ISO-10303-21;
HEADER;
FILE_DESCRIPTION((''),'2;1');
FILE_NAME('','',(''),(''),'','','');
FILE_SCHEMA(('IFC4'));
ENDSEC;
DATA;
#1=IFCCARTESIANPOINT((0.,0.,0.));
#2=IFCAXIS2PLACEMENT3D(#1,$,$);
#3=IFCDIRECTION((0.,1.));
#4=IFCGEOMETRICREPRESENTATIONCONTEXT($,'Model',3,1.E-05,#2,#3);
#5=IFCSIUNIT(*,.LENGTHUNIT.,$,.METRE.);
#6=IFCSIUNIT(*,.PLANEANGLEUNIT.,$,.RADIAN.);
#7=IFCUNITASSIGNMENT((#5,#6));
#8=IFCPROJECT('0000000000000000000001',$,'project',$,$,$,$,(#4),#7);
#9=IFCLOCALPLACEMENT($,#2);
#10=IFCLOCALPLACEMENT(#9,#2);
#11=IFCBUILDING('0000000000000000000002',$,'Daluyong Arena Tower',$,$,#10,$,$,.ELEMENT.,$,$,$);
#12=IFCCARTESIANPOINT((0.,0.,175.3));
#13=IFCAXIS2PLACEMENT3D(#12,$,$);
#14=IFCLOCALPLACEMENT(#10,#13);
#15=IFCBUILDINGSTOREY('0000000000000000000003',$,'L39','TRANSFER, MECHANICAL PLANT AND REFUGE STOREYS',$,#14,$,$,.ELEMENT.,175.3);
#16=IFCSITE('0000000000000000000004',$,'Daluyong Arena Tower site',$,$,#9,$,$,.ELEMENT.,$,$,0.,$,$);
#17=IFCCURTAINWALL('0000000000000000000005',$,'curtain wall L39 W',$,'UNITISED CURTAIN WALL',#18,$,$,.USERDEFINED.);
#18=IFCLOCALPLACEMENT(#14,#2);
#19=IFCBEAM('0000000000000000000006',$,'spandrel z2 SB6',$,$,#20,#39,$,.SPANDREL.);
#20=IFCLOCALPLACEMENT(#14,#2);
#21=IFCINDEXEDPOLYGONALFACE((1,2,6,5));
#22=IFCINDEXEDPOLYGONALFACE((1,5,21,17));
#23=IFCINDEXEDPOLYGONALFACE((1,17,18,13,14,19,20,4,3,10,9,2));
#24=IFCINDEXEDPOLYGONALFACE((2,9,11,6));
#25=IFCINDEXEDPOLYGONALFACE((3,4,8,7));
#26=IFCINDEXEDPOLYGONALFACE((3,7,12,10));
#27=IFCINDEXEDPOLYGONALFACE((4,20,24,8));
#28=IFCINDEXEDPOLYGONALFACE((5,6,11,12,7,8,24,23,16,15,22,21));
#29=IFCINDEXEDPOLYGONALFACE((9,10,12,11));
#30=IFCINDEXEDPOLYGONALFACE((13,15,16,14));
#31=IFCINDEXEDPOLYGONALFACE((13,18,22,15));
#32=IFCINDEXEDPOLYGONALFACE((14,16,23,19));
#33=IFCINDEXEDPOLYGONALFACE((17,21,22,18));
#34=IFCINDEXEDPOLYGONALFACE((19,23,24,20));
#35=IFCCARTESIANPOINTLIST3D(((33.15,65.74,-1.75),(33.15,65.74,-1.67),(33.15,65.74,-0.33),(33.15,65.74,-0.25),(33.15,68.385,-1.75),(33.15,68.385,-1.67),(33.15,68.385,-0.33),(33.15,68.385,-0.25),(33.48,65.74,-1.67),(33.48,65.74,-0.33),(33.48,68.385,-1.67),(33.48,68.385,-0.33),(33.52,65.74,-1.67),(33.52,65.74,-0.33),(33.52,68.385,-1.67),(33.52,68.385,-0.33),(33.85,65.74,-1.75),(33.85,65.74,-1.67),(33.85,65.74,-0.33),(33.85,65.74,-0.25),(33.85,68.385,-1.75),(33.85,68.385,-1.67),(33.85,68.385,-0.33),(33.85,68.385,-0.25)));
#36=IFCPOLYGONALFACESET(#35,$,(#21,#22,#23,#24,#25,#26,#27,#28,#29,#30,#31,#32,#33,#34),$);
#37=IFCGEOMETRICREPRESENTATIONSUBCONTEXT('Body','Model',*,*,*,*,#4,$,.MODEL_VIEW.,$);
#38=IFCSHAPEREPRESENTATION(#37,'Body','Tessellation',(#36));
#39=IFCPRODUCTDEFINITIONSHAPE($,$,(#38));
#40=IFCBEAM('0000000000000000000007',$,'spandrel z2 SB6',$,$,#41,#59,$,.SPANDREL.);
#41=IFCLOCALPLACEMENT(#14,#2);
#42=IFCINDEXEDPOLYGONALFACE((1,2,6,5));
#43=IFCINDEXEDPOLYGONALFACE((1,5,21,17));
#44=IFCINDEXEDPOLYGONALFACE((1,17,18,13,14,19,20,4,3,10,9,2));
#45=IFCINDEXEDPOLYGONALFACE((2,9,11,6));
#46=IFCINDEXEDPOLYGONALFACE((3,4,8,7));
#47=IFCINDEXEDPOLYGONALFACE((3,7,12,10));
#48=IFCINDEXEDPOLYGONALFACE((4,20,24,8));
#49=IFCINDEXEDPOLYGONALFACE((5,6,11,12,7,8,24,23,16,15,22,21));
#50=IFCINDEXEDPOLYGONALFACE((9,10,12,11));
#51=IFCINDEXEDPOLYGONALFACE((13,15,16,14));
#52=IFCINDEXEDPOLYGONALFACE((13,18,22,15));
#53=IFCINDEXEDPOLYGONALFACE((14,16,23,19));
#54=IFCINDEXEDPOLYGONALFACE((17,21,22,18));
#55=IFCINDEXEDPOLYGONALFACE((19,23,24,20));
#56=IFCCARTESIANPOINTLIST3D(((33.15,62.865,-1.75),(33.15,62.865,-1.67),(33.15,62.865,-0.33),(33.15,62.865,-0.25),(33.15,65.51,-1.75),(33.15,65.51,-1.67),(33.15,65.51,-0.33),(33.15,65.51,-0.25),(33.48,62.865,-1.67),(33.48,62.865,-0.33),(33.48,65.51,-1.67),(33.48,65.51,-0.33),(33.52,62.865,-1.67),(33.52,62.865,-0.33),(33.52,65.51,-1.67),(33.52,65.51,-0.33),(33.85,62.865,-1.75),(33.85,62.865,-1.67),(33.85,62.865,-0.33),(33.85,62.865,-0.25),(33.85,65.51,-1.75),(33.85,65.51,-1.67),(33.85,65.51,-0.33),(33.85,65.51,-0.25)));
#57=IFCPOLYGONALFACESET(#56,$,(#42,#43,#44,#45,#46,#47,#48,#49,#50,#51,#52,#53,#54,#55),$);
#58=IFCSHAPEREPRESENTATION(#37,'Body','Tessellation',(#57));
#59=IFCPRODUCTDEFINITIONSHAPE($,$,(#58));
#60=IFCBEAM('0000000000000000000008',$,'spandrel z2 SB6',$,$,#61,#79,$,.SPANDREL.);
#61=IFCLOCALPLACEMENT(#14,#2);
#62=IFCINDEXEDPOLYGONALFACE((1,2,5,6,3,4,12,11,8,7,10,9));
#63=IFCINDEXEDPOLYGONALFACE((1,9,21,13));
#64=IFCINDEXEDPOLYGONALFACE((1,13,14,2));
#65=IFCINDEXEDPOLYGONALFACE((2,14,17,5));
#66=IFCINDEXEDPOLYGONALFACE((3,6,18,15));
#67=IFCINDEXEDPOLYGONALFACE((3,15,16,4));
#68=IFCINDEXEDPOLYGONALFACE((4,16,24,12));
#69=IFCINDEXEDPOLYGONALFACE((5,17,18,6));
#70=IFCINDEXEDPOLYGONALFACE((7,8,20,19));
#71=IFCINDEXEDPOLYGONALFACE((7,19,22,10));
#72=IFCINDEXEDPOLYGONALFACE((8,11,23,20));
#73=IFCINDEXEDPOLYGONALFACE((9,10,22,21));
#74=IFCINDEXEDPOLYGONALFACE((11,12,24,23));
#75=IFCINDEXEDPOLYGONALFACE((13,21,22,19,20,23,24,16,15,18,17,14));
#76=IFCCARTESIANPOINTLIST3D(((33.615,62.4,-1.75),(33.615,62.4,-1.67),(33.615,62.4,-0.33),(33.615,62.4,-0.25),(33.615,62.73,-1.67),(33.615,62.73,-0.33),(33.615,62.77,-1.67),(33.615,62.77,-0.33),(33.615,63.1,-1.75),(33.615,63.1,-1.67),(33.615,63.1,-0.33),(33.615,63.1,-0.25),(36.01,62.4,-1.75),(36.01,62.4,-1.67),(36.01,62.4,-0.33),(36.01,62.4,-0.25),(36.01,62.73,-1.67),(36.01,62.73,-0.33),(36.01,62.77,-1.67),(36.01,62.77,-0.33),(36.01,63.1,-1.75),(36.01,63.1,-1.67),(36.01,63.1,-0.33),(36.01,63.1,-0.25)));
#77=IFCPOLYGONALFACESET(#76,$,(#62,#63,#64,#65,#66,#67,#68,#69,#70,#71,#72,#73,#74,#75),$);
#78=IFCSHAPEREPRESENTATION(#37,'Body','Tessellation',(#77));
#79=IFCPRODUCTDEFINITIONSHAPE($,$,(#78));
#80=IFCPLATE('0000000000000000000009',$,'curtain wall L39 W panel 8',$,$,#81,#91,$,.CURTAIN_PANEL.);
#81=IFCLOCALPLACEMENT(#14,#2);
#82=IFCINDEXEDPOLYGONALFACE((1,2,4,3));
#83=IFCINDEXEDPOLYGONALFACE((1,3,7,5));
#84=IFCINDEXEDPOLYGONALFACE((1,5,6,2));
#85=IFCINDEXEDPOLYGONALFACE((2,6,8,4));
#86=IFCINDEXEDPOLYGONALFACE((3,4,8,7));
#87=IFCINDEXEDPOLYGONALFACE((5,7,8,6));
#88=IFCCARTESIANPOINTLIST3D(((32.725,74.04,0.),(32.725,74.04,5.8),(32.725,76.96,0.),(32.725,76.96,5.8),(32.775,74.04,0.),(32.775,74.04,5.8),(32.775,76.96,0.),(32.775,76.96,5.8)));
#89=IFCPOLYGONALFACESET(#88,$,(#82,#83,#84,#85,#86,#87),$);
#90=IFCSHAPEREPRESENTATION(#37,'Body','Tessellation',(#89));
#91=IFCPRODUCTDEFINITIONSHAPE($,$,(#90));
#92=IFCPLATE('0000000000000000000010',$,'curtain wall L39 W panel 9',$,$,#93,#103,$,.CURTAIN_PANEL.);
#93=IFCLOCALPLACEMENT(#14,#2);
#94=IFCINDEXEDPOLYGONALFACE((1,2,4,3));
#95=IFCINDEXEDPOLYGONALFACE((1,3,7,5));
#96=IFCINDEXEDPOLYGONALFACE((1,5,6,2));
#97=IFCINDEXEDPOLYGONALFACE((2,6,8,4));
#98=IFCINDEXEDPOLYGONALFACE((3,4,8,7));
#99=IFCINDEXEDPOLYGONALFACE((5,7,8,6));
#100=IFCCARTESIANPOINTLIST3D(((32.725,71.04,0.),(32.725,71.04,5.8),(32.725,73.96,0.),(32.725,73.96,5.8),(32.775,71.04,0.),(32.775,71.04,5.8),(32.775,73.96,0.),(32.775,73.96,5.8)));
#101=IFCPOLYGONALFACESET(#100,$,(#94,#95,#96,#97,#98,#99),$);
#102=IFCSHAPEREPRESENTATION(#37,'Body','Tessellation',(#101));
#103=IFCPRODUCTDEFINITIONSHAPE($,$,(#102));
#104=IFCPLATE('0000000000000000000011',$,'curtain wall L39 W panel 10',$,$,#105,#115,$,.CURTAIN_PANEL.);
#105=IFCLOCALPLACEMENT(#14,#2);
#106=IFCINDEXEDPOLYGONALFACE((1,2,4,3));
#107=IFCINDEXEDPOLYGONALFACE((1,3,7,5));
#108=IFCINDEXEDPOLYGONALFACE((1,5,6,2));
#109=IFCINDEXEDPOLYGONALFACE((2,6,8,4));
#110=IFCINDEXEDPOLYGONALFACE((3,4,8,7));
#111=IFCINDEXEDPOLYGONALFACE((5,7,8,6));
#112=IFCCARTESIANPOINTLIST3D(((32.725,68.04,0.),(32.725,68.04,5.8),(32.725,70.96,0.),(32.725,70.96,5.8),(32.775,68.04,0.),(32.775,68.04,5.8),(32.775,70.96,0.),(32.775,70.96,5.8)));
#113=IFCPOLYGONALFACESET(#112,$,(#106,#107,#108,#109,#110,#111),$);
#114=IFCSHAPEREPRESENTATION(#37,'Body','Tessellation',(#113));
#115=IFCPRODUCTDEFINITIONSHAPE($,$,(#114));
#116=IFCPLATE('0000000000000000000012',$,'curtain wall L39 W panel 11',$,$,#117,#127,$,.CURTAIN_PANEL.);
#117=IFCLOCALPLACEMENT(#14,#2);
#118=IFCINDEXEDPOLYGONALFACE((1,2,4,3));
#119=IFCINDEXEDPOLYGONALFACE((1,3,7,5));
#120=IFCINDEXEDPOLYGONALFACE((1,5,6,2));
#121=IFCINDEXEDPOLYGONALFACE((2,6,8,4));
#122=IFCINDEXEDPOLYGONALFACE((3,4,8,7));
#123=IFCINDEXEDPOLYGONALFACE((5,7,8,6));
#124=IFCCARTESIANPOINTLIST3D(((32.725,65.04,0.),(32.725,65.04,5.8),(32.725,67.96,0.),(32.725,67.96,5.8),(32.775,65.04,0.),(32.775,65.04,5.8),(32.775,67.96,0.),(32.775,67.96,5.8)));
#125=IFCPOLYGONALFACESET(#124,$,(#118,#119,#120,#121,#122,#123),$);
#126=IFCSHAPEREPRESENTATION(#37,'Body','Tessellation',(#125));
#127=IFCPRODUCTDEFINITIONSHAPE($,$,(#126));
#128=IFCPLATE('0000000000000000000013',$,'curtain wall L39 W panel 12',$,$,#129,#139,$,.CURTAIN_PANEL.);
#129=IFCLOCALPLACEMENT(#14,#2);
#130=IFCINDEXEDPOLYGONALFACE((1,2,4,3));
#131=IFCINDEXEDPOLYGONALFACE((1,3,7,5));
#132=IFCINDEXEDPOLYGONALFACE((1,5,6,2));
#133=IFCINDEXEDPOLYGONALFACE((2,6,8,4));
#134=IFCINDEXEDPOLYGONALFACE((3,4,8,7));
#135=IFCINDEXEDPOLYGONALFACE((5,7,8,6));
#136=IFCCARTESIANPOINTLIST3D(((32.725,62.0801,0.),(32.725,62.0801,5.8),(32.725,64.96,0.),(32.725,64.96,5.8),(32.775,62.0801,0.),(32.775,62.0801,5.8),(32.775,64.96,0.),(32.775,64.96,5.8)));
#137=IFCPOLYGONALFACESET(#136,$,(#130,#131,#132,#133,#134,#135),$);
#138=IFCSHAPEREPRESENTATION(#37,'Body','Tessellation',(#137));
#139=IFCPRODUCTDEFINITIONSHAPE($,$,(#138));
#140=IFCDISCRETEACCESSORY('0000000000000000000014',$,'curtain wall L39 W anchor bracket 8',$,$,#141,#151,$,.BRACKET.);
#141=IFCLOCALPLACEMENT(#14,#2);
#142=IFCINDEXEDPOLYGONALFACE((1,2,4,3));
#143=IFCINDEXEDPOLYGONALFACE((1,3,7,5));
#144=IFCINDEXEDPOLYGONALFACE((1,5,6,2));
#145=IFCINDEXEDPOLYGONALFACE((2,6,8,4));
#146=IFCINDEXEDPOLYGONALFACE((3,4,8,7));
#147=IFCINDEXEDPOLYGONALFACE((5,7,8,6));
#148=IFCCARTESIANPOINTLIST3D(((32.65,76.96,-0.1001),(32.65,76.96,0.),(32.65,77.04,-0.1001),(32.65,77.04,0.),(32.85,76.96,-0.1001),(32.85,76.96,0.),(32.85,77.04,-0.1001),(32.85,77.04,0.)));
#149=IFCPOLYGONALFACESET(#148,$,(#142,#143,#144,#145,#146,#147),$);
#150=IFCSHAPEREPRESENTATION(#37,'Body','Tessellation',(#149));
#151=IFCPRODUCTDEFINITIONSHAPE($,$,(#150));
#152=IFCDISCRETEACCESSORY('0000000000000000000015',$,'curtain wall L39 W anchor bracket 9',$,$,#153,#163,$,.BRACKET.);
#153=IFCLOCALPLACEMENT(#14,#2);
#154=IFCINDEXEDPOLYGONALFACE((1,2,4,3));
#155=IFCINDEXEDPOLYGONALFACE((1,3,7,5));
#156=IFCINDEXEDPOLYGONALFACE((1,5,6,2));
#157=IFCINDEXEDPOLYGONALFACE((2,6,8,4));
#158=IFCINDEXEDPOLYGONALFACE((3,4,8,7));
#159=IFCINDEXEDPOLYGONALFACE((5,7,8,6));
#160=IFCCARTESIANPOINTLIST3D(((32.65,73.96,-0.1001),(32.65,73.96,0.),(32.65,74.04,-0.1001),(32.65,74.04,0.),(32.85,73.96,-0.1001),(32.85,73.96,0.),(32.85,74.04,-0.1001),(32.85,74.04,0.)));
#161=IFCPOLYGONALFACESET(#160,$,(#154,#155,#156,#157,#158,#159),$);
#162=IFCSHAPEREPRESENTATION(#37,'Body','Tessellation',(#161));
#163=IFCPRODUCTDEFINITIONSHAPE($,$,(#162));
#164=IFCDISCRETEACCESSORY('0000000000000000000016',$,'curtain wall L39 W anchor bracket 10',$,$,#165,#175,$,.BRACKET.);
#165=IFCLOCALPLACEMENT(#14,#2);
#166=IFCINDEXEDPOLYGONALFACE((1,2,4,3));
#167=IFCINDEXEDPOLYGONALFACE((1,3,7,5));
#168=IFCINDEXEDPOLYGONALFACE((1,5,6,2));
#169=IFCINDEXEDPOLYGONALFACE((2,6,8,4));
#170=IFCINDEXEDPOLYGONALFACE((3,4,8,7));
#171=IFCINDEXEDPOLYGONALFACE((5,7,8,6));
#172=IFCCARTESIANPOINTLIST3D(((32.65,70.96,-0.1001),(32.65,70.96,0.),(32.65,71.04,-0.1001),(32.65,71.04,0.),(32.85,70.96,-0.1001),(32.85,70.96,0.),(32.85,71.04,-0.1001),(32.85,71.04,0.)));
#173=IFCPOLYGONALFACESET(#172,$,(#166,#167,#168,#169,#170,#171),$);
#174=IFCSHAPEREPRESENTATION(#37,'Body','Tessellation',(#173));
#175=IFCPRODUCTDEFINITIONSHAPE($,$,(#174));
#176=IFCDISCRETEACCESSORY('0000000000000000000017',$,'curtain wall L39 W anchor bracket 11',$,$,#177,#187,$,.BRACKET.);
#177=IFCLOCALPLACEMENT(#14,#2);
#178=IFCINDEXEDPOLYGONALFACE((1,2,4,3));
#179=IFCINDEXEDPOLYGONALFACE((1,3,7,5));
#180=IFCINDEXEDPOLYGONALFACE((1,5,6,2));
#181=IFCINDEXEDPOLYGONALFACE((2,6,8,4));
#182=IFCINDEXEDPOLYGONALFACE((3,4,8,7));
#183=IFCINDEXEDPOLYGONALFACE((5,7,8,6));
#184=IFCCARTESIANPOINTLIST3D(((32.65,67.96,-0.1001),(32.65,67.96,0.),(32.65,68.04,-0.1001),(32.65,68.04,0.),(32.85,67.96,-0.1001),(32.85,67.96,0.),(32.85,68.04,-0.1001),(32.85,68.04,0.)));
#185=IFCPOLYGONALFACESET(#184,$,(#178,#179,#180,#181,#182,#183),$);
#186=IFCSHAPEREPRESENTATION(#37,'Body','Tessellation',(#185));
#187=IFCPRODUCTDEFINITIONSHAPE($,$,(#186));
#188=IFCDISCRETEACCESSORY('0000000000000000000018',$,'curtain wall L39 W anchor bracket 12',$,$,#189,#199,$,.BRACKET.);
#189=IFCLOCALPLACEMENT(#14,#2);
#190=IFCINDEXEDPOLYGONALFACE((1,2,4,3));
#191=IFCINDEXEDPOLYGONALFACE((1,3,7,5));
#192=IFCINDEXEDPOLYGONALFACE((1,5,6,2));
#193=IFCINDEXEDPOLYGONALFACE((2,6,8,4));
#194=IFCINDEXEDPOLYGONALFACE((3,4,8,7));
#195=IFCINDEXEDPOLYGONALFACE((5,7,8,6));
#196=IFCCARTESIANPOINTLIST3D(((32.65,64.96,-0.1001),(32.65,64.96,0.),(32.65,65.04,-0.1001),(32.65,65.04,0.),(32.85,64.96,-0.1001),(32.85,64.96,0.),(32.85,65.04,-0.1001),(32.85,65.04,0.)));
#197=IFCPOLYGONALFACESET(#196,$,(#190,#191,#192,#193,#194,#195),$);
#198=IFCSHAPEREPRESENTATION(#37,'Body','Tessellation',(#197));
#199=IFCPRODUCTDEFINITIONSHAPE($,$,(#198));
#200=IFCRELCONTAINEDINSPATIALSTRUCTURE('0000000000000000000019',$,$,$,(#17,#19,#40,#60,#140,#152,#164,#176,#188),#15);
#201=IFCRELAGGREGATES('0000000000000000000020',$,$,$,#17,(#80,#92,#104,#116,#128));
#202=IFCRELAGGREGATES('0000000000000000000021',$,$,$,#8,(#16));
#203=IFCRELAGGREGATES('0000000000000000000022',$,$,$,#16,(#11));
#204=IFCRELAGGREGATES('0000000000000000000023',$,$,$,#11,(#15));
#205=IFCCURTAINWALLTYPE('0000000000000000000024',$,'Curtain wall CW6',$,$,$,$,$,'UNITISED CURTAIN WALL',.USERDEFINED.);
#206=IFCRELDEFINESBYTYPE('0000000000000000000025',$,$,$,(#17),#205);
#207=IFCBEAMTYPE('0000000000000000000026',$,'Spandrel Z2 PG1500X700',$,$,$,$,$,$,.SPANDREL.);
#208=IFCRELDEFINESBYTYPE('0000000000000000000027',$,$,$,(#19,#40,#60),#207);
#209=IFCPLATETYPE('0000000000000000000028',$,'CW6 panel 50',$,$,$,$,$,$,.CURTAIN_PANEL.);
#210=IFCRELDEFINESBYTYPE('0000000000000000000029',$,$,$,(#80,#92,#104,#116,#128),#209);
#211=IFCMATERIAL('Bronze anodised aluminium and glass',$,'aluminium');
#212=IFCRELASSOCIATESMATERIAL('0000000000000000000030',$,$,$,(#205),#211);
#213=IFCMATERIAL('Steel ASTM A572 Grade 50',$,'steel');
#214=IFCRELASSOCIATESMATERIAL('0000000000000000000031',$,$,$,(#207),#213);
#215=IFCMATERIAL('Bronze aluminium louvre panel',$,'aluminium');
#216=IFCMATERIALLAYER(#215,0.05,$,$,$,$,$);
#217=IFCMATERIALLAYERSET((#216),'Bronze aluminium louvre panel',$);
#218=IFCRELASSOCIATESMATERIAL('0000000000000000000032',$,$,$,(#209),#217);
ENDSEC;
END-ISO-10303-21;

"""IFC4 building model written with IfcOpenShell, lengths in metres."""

from ifc_helpers import new_model, si_unit, direction, frame, origin, origin_2d, place, context, subcontext, project, spatial, rectangle, i_section, extrude, material, layer, layer_set, material_profile, profile_set, type_object, element, aggregate, save


model = new_model("IFC4")

# Units and contexts
model_context = context("Model", 3, precision=1e-05, world=origin(), true_north=direction((0.0, 1.0)))
body_context = subcontext(model_context, "Body", "Model", "MODEL_VIEW")
ifc_project = project(units=[si_unit("LENGTHUNIT", "METRE"), si_unit("PLANEANGLEUNIT", "RADIAN")], contexts=[model_context])

# Site, building, storey
site_placement = place(None, origin())
site = spatial("IfcSite", under=ifc_project, at=site_placement, Name="Daluyong Arena Tower site", CompositionType="ELEMENT", RefElevation=0.0)
building_placement = place(site_placement, origin())
building = spatial("IfcBuilding", under=site, at=building_placement, Name="Daluyong Arena Tower", CompositionType="ELEMENT")
storey_placement = place(building_placement, frame((0.0, 0.0, 175.3)))
storey = spatial("IfcBuildingStorey", under=building, at=storey_placement, Name="L39", Description="TRANSFER, MECHANICAL PLANT AND REFUGE STOREYS", CompositionType="ELEMENT", Elevation=175.3)

# Curtain wall
ifc_material_1 = material(Name="Bronze anodised aluminium and glass", Category="aluminium")
curtain_wall_type = type_object("IfcCurtainWallType", Name="Curtain wall CW6", ElementType="UNITISED CURTAIN WALL", PredefinedType="USERDEFINED", material=ifc_material_1)
curtain_wall_placement = place(storey_placement, origin())
curtain_wall = element("IfcCurtainWall", 1, at=curtain_wall_placement, inside=storey, type_object=curtain_wall_type, Name="curtain wall L39 W", ObjectType="UNITISED CURTAIN WALL", PredefinedType="USERDEFINED")

# Beams
ifc_material_2 = material(Name="Steel ASTM A572 Grade 50", Category="steel")
ifc_material_profile_1 = material_profile(ifc_material_2, i_section(OverallWidth=0.7, OverallDepth=1.5, WebThickness=0.04, FlangeThickness=0.08, at=origin_2d()))
ifc_profile_set_1 = profile_set([ifc_material_profile_1], Name="Steel ASTM A572 Grade 50")
beam_type = type_object("IfcBeamType", Name="Spandrel Z2 PG1500X700", PredefinedType="SPANDREL", material=ifc_profile_set_1)
for number, where, z_axis, x_axis, name in (
    (2, (33.5, 68.385, -1.0), (0.0, -1.0, 0.0), (1.0, 0.0, 0.0), "spandrel z2 SB6"),
    (3, (33.5, 65.51, -1.0), (0.0, -1.0, 0.0), (1.0, 0.0, 0.0), "spandrel z2 SB6"),
):
    element("IfcBeam", number, at=place(storey_placement, frame(where, z_axis=z_axis, x_axis=x_axis)), inside=storey, type_object=beam_type, Name=name, PredefinedType="SPANDREL", context=body_context, shape_type="SweptSolid", body=[
        extrude(i_section(OverallWidth=0.7, OverallDepth=1.5, WebThickness=0.04, FlangeThickness=0.08, at=origin_2d()), origin(), (0.0, 0.0, 1.0), 2.645),
    ])
beam_placement = place(storey_placement, frame((33.615, 62.75, -1.0), z_axis=(1.0, 0.0, 0.0), x_axis=(0.0, 1.0, 0.0)))
element("IfcBeam", 4, at=beam_placement, inside=storey, type_object=beam_type, Name="spandrel z2 SB6", PredefinedType="SPANDREL", context=body_context, shape_type="SweptSolid", body=[
    extrude(i_section(OverallWidth=0.7, OverallDepth=1.5, WebThickness=0.04, FlangeThickness=0.08, at=origin_2d()), origin(), (0.0, 0.0, 1.0), 2.395),
])

# Plates
ifc_material_3 = material(Name="Bronze aluminium louvre panel", Category="aluminium")
ifc_layer = layer(ifc_material_3, 0.05)
ifc_layer_set = layer_set([ifc_layer], Name="Bronze aluminium louvre panel")
plate_type = type_object("IfcPlateType", Name="CW6 panel 50", PredefinedType="CURTAIN_PANEL", material=ifc_layer_set)
plate_1_placement = place(storey_placement, frame((32.75, 75.5, 0.0), z_axis=(0.0, 0.0, 1.0), x_axis=(0.0, -1.0, 0.0)))
plate_1 = element("IfcPlate", 5, at=plate_1_placement, type_object=plate_type, Name="curtain wall L39 W panel 8", PredefinedType="CURTAIN_PANEL", context=body_context, shape_type="SweptSolid", body=[
    extrude(rectangle(XDim=2.9199, YDim=0.05, at=origin_2d()), origin(), (0.0, 0.0, 1.0), 5.8),
])
plate_2_placement = place(storey_placement, frame((32.75, 72.5, 0.0), z_axis=(0.0, 0.0, 1.0), x_axis=(0.0, -1.0, 0.0)))
plate_2 = element("IfcPlate", 6, at=plate_2_placement, type_object=plate_type, Name="curtain wall L39 W panel 9", PredefinedType="CURTAIN_PANEL", context=body_context, shape_type="SweptSolid", body=[
    extrude(rectangle(XDim=2.9199, YDim=0.05, at=origin_2d()), origin(), (0.0, 0.0, 1.0), 5.8),
])
plate_3_placement = place(storey_placement, frame((32.75, 69.5, 0.0), z_axis=(0.0, 0.0, 1.0), x_axis=(0.0, -1.0, 0.0)))
plate_3 = element("IfcPlate", 7, at=plate_3_placement, type_object=plate_type, Name="curtain wall L39 W panel 10", PredefinedType="CURTAIN_PANEL", context=body_context, shape_type="SweptSolid", body=[
    extrude(rectangle(XDim=2.9199, YDim=0.05, at=origin_2d()), origin(), (0.0, 0.0, 1.0), 5.8),
])
plate_4_placement = place(storey_placement, frame((32.75, 66.5, 0.0), z_axis=(0.0, 0.0, 1.0), x_axis=(0.0, -1.0, 0.0)))
plate_4 = element("IfcPlate", 8, at=plate_4_placement, type_object=plate_type, Name="curtain wall L39 W panel 11", PredefinedType="CURTAIN_PANEL", context=body_context, shape_type="SweptSolid", body=[
    extrude(rectangle(XDim=2.9199, YDim=0.05, at=origin_2d()), origin(), (0.0, 0.0, 1.0), 5.8),
])
plate_5_placement = place(storey_placement, frame((32.75, 63.52, 0.0), z_axis=(0.0, 0.0, 1.0), x_axis=(0.0, -1.0, 0.0)))
plate_5 = element("IfcPlate", 9, at=plate_5_placement, type_object=plate_type, Name="curtain wall L39 W panel 12", PredefinedType="CURTAIN_PANEL", context=body_context, shape_type="SweptSolid", body=[
    extrude(rectangle(XDim=2.8799, YDim=0.05, at=origin_2d()), origin(), (0.0, 0.0, 1.0), 5.8),
])
aggregate(curtain_wall, [plate_1, plate_2, plate_3, plate_4, plate_5])

# Discrete accessories
for number, where, z_axis, x_axis, name in (
    (10, (32.75, 77.0, -0.1001), (0.0, 0.0, 1.0), (0.0, -1.0, 0.0), "curtain wall L39 W anchor bracket 8"),
    (11, (32.75, 74.0, -0.1001), (0.0, 0.0, 1.0), (0.0, -1.0, 0.0), "curtain wall L39 W anchor bracket 9"),
    (12, (32.75, 71.0, -0.1001), (0.0, 0.0, 1.0), (0.0, -1.0, 0.0), "curtain wall L39 W anchor bracket 10"),
    (13, (32.75, 68.0, -0.1001), (0.0, 0.0, 1.0), (0.0, -1.0, 0.0), "curtain wall L39 W anchor bracket 11"),
    (14, (32.75, 65.0, -0.1001), (0.0, 0.0, 1.0), (0.0, -1.0, 0.0), "curtain wall L39 W anchor bracket 12"),
):
    element("IfcDiscreteAccessory", number, at=place(storey_placement, frame(where, z_axis=z_axis, x_axis=x_axis)), inside=storey, Name=name, PredefinedType="BRACKET", context=body_context, shape_type="SweptSolid", body=[
        extrude(rectangle(XDim=0.0801, YDim=0.2, at=origin_2d()), origin(), (0.0, 0.0, 1.0), 0.1001),
    ])

save(model, "model.ifc")
